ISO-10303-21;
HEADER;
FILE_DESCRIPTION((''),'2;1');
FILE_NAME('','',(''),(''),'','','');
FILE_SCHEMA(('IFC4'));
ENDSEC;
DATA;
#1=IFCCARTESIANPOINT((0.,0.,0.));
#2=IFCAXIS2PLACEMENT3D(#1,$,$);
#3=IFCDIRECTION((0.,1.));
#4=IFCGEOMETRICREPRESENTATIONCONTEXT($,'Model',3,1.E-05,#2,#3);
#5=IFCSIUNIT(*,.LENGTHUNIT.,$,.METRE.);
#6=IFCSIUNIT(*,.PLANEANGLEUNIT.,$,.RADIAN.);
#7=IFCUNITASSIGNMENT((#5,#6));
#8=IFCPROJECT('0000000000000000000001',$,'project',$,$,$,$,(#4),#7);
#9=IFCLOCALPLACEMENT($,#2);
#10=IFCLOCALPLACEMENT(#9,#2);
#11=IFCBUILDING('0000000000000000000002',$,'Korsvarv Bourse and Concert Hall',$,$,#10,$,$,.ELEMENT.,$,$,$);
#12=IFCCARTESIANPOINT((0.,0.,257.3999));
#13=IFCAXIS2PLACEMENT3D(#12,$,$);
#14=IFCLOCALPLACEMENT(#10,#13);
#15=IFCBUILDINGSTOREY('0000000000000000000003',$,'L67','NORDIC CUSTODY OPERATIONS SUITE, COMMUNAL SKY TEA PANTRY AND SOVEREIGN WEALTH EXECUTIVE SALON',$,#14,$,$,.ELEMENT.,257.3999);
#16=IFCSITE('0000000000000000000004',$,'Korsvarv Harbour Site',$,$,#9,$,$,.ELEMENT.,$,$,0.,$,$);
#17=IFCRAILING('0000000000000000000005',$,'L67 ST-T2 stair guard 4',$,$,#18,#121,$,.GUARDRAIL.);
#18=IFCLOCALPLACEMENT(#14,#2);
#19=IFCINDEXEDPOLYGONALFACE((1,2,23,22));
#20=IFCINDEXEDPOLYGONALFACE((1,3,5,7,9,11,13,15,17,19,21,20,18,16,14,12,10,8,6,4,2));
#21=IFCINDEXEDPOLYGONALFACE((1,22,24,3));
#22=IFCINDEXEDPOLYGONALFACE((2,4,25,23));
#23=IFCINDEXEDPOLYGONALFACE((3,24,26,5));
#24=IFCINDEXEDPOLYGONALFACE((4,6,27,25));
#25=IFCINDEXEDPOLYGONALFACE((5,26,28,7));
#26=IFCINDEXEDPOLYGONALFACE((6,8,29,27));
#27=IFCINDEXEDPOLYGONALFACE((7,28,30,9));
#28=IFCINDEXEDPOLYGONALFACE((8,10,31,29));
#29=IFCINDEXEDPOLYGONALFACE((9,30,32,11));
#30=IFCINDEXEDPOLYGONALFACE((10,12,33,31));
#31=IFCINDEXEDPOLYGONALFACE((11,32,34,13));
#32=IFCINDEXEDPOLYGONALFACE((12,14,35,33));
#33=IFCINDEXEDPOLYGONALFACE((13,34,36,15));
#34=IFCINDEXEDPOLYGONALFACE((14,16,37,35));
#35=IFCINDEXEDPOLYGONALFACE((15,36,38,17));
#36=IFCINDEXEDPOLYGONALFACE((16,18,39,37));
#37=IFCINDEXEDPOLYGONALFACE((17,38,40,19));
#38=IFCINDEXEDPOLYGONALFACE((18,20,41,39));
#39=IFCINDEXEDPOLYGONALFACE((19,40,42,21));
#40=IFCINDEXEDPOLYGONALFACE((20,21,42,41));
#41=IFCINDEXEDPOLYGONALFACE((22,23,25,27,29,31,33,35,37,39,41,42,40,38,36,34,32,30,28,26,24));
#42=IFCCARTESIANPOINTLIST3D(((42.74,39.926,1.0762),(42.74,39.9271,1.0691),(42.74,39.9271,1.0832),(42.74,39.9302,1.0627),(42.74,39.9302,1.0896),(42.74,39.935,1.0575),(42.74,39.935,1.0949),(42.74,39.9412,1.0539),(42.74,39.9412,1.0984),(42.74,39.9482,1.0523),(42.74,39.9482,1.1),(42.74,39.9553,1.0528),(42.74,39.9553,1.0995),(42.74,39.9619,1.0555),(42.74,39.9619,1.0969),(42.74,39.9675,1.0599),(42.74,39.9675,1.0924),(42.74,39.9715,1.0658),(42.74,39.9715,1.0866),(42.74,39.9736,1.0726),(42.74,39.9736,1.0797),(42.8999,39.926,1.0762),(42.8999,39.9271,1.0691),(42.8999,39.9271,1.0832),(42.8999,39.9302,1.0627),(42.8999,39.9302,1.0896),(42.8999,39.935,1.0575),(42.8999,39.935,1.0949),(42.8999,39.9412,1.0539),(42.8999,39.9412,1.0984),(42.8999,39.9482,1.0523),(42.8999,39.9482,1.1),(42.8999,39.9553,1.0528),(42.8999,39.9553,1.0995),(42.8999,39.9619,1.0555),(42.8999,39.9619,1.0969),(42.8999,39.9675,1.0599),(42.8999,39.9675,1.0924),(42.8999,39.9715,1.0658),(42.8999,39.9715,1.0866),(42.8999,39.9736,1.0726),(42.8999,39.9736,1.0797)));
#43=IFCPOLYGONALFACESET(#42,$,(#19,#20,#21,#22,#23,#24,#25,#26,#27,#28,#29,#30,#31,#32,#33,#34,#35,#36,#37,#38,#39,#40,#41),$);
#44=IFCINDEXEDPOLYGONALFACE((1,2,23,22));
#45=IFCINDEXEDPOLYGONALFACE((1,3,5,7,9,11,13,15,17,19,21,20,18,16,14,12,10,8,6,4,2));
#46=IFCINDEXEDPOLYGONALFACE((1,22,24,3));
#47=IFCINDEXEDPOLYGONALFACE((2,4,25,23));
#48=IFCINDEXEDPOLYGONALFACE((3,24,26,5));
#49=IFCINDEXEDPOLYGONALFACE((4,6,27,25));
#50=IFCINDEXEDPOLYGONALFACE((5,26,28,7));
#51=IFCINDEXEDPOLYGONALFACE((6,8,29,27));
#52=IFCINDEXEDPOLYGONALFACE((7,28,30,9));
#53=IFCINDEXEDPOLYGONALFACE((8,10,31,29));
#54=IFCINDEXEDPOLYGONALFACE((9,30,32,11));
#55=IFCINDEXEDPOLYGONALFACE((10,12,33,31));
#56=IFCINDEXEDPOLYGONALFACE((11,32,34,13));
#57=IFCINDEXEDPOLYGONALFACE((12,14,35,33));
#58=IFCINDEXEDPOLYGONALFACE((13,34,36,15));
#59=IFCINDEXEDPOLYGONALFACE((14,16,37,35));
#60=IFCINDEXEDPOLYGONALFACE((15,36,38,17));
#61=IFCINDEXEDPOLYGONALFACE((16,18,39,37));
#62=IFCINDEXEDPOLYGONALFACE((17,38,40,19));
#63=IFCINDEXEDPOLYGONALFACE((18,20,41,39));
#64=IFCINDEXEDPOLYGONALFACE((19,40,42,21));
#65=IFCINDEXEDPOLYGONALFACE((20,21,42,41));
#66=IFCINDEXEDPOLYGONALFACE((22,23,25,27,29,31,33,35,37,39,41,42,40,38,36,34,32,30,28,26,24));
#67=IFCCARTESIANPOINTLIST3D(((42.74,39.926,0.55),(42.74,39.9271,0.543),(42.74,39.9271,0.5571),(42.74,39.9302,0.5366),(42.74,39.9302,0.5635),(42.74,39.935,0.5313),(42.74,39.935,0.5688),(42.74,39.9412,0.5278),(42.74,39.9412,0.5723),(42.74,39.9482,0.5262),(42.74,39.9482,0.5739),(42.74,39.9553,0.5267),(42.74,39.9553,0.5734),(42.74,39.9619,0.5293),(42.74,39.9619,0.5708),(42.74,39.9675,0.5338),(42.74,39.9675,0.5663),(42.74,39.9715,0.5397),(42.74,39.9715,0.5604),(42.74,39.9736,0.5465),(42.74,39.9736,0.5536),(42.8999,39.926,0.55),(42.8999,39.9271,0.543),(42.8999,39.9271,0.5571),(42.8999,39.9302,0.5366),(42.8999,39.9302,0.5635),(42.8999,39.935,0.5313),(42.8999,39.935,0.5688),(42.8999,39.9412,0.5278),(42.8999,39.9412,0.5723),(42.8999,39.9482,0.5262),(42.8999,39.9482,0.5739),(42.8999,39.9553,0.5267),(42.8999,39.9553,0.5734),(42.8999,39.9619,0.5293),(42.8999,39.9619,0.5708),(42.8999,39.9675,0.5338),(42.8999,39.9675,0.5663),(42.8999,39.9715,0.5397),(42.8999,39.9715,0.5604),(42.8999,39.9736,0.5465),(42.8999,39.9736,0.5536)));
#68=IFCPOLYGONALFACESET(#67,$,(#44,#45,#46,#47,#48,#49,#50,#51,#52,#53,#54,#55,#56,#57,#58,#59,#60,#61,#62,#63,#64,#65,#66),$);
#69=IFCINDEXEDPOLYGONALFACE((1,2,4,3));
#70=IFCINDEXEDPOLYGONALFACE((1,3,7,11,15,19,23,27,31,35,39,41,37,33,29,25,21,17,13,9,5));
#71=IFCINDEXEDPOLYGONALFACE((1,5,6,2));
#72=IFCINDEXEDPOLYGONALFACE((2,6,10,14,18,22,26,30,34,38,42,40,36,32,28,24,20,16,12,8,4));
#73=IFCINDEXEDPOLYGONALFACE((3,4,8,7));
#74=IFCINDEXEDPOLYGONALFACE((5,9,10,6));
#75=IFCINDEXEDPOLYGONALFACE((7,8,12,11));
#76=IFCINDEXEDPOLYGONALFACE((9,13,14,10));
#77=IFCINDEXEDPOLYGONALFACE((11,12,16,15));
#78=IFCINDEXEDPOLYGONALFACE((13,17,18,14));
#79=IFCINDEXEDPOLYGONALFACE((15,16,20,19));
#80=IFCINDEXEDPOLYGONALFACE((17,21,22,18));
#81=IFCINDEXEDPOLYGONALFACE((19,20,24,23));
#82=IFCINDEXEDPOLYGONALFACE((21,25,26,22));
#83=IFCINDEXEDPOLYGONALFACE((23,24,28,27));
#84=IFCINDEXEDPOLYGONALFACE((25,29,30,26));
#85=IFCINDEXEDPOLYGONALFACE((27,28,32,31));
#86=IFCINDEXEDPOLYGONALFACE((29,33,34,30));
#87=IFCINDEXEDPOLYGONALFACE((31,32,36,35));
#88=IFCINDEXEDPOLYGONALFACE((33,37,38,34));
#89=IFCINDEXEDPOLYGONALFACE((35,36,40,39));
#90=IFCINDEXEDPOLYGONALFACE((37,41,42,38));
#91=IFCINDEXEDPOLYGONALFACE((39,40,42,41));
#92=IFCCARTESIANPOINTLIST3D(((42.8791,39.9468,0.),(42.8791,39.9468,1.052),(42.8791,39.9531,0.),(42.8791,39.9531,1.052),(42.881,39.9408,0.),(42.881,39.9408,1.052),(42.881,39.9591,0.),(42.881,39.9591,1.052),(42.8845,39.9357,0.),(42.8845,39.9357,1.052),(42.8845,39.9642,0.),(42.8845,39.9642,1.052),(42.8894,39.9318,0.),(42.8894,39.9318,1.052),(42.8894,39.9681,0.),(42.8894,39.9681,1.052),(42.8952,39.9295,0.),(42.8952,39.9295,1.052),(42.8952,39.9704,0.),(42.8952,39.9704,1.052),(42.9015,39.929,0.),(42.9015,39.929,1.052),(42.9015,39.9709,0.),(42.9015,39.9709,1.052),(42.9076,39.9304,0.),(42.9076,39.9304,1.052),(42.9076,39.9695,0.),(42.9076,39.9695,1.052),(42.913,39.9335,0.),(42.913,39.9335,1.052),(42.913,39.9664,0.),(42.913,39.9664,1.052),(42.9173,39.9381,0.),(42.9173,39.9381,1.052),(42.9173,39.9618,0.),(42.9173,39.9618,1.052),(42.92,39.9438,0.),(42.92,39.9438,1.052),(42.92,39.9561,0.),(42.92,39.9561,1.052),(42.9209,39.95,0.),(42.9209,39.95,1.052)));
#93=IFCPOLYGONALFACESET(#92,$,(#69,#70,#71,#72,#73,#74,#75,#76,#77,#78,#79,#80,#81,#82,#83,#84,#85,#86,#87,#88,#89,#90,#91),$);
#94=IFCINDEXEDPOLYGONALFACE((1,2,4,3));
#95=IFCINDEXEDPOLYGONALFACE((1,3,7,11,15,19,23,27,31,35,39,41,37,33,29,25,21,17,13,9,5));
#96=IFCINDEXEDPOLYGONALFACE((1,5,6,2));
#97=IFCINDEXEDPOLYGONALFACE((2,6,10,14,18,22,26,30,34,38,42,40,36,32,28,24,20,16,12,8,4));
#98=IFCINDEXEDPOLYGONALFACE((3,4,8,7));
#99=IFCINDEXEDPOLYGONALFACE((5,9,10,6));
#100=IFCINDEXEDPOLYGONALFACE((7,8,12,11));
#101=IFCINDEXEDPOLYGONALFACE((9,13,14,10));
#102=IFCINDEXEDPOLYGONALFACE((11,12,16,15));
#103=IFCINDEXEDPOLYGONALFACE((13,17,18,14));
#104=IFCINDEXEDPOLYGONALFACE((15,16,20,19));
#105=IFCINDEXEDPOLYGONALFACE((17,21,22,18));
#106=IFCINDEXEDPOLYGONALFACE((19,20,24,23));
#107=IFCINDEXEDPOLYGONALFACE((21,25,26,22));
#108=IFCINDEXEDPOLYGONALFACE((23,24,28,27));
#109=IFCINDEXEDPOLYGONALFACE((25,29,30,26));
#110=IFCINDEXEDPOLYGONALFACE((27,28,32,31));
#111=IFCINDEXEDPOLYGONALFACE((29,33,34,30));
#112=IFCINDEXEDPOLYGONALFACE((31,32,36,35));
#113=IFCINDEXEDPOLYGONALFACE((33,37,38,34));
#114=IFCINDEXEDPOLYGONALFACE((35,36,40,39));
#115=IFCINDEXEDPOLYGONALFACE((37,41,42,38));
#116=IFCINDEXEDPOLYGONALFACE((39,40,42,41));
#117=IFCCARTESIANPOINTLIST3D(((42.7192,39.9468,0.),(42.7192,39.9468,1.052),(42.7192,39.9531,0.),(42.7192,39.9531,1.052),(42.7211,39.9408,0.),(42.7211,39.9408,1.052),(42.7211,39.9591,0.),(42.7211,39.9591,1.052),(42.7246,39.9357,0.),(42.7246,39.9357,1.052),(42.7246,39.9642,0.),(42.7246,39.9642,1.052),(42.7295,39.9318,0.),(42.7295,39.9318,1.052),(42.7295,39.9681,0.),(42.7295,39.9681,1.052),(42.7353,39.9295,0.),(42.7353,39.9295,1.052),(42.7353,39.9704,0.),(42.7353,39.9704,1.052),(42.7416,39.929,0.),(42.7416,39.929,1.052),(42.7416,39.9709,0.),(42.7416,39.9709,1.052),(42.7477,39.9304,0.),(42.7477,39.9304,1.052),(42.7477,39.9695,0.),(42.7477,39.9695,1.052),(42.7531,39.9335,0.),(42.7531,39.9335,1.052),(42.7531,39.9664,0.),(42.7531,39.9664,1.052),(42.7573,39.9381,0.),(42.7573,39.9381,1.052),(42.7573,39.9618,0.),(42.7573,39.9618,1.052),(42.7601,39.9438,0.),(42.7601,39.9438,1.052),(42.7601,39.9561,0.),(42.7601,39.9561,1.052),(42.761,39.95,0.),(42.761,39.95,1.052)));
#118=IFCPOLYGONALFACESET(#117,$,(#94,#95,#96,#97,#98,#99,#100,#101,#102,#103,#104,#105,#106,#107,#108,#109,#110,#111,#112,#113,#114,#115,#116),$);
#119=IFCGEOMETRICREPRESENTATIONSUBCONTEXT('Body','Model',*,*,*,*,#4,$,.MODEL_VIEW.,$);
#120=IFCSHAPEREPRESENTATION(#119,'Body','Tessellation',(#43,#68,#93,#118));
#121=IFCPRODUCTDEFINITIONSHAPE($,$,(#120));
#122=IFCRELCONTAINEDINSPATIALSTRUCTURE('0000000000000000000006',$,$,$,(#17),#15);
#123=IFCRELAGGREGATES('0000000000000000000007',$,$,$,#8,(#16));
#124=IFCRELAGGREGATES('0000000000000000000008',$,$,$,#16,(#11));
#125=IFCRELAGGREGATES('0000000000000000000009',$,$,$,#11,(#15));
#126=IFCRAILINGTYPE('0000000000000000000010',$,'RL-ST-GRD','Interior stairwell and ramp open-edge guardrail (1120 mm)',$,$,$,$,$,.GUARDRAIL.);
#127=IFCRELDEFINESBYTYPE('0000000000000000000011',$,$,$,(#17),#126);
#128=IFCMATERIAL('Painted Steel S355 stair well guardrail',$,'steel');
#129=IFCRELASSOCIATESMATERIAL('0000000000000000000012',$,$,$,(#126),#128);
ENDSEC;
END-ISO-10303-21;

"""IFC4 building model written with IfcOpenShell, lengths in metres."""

from ifc_helpers import new_model, si_unit, direction, frame, origin, origin_2d, place, context, subcontext, project, spatial, circle, extrude, material, type_object, element, save


model = new_model("IFC4")

# Units and contexts
model_context = context("Model", 3, precision=1e-05, world=origin(), true_north=direction((0.0, 1.0)))
body_context = subcontext(model_context, "Body", "Model", "MODEL_VIEW")
ifc_project = project(units=[si_unit("LENGTHUNIT", "METRE"), si_unit("PLANEANGLEUNIT", "RADIAN")], contexts=[model_context])

# Site, building, storey
site_placement = place(None, origin())
site = spatial("IfcSite", under=ifc_project, at=site_placement, Name="Korsvarv Harbour Site", CompositionType="ELEMENT", RefElevation=0.0)
building_placement = place(site_placement, origin())
building = spatial("IfcBuilding", under=site, at=building_placement, Name="Korsvarv Bourse and Concert Hall", CompositionType="ELEMENT")
storey_placement = place(building_placement, frame((0.0, 0.0, 257.3999)))
storey = spatial("IfcBuildingStorey", under=building, at=storey_placement, Name="L67", Description="NORDIC CUSTODY OPERATIONS SUITE, COMMUNAL SKY TEA PANTRY AND SOVEREIGN WEALTH EXECUTIVE SALON", CompositionType="ELEMENT", Elevation=257.3999)

# Railing
ifc_material_1 = material(Name="Painted Steel S355 stair well guardrail", Category="steel")
railing_type_1 = type_object("IfcRailingType", Name="RL-ST-GRD", Description="Interior stairwell and ramp open-edge guardrail (1120 mm)", PredefinedType="GUARDRAIL", material=ifc_material_1)
railing_1_placement = place(storey_placement, frame((42.8999, 39.95, 0.0)))
element("IfcRailing", 1, at=railing_1_placement, inside=storey, type_object=railing_type_1, Name="L67 ST-T2 stair guard 4", PredefinedType="GUARDRAIL", context=body_context, shape_type="SweptSolid", body=[
    extrude(circle(Radius=0.0239, at=origin_2d()), frame((0.0, 0.0, 1.0762), z_axis=(-1.0, 0.0, 0.0), x_axis=(0.0, -1.0, 0.0)), (0.0, 0.0, 1.0), 0.1599),
    extrude(circle(Radius=0.0239, at=origin_2d()), frame((0.0, 0.0, 0.55), z_axis=(-1.0, 0.0, 0.0), x_axis=(0.0, -1.0, 0.0)), (0.0, 0.0, 1.0), 0.1599),
    extrude(circle(Radius=0.021, at=origin_2d()), origin(), (0.0, 0.0, 1.0), 1.052),
    extrude(circle(Radius=0.021, at=origin_2d()), frame((-0.1599, 0.0, 0.0)), (0.0, 0.0, 1.0), 1.052),
])

save(model, "model.ifc")
